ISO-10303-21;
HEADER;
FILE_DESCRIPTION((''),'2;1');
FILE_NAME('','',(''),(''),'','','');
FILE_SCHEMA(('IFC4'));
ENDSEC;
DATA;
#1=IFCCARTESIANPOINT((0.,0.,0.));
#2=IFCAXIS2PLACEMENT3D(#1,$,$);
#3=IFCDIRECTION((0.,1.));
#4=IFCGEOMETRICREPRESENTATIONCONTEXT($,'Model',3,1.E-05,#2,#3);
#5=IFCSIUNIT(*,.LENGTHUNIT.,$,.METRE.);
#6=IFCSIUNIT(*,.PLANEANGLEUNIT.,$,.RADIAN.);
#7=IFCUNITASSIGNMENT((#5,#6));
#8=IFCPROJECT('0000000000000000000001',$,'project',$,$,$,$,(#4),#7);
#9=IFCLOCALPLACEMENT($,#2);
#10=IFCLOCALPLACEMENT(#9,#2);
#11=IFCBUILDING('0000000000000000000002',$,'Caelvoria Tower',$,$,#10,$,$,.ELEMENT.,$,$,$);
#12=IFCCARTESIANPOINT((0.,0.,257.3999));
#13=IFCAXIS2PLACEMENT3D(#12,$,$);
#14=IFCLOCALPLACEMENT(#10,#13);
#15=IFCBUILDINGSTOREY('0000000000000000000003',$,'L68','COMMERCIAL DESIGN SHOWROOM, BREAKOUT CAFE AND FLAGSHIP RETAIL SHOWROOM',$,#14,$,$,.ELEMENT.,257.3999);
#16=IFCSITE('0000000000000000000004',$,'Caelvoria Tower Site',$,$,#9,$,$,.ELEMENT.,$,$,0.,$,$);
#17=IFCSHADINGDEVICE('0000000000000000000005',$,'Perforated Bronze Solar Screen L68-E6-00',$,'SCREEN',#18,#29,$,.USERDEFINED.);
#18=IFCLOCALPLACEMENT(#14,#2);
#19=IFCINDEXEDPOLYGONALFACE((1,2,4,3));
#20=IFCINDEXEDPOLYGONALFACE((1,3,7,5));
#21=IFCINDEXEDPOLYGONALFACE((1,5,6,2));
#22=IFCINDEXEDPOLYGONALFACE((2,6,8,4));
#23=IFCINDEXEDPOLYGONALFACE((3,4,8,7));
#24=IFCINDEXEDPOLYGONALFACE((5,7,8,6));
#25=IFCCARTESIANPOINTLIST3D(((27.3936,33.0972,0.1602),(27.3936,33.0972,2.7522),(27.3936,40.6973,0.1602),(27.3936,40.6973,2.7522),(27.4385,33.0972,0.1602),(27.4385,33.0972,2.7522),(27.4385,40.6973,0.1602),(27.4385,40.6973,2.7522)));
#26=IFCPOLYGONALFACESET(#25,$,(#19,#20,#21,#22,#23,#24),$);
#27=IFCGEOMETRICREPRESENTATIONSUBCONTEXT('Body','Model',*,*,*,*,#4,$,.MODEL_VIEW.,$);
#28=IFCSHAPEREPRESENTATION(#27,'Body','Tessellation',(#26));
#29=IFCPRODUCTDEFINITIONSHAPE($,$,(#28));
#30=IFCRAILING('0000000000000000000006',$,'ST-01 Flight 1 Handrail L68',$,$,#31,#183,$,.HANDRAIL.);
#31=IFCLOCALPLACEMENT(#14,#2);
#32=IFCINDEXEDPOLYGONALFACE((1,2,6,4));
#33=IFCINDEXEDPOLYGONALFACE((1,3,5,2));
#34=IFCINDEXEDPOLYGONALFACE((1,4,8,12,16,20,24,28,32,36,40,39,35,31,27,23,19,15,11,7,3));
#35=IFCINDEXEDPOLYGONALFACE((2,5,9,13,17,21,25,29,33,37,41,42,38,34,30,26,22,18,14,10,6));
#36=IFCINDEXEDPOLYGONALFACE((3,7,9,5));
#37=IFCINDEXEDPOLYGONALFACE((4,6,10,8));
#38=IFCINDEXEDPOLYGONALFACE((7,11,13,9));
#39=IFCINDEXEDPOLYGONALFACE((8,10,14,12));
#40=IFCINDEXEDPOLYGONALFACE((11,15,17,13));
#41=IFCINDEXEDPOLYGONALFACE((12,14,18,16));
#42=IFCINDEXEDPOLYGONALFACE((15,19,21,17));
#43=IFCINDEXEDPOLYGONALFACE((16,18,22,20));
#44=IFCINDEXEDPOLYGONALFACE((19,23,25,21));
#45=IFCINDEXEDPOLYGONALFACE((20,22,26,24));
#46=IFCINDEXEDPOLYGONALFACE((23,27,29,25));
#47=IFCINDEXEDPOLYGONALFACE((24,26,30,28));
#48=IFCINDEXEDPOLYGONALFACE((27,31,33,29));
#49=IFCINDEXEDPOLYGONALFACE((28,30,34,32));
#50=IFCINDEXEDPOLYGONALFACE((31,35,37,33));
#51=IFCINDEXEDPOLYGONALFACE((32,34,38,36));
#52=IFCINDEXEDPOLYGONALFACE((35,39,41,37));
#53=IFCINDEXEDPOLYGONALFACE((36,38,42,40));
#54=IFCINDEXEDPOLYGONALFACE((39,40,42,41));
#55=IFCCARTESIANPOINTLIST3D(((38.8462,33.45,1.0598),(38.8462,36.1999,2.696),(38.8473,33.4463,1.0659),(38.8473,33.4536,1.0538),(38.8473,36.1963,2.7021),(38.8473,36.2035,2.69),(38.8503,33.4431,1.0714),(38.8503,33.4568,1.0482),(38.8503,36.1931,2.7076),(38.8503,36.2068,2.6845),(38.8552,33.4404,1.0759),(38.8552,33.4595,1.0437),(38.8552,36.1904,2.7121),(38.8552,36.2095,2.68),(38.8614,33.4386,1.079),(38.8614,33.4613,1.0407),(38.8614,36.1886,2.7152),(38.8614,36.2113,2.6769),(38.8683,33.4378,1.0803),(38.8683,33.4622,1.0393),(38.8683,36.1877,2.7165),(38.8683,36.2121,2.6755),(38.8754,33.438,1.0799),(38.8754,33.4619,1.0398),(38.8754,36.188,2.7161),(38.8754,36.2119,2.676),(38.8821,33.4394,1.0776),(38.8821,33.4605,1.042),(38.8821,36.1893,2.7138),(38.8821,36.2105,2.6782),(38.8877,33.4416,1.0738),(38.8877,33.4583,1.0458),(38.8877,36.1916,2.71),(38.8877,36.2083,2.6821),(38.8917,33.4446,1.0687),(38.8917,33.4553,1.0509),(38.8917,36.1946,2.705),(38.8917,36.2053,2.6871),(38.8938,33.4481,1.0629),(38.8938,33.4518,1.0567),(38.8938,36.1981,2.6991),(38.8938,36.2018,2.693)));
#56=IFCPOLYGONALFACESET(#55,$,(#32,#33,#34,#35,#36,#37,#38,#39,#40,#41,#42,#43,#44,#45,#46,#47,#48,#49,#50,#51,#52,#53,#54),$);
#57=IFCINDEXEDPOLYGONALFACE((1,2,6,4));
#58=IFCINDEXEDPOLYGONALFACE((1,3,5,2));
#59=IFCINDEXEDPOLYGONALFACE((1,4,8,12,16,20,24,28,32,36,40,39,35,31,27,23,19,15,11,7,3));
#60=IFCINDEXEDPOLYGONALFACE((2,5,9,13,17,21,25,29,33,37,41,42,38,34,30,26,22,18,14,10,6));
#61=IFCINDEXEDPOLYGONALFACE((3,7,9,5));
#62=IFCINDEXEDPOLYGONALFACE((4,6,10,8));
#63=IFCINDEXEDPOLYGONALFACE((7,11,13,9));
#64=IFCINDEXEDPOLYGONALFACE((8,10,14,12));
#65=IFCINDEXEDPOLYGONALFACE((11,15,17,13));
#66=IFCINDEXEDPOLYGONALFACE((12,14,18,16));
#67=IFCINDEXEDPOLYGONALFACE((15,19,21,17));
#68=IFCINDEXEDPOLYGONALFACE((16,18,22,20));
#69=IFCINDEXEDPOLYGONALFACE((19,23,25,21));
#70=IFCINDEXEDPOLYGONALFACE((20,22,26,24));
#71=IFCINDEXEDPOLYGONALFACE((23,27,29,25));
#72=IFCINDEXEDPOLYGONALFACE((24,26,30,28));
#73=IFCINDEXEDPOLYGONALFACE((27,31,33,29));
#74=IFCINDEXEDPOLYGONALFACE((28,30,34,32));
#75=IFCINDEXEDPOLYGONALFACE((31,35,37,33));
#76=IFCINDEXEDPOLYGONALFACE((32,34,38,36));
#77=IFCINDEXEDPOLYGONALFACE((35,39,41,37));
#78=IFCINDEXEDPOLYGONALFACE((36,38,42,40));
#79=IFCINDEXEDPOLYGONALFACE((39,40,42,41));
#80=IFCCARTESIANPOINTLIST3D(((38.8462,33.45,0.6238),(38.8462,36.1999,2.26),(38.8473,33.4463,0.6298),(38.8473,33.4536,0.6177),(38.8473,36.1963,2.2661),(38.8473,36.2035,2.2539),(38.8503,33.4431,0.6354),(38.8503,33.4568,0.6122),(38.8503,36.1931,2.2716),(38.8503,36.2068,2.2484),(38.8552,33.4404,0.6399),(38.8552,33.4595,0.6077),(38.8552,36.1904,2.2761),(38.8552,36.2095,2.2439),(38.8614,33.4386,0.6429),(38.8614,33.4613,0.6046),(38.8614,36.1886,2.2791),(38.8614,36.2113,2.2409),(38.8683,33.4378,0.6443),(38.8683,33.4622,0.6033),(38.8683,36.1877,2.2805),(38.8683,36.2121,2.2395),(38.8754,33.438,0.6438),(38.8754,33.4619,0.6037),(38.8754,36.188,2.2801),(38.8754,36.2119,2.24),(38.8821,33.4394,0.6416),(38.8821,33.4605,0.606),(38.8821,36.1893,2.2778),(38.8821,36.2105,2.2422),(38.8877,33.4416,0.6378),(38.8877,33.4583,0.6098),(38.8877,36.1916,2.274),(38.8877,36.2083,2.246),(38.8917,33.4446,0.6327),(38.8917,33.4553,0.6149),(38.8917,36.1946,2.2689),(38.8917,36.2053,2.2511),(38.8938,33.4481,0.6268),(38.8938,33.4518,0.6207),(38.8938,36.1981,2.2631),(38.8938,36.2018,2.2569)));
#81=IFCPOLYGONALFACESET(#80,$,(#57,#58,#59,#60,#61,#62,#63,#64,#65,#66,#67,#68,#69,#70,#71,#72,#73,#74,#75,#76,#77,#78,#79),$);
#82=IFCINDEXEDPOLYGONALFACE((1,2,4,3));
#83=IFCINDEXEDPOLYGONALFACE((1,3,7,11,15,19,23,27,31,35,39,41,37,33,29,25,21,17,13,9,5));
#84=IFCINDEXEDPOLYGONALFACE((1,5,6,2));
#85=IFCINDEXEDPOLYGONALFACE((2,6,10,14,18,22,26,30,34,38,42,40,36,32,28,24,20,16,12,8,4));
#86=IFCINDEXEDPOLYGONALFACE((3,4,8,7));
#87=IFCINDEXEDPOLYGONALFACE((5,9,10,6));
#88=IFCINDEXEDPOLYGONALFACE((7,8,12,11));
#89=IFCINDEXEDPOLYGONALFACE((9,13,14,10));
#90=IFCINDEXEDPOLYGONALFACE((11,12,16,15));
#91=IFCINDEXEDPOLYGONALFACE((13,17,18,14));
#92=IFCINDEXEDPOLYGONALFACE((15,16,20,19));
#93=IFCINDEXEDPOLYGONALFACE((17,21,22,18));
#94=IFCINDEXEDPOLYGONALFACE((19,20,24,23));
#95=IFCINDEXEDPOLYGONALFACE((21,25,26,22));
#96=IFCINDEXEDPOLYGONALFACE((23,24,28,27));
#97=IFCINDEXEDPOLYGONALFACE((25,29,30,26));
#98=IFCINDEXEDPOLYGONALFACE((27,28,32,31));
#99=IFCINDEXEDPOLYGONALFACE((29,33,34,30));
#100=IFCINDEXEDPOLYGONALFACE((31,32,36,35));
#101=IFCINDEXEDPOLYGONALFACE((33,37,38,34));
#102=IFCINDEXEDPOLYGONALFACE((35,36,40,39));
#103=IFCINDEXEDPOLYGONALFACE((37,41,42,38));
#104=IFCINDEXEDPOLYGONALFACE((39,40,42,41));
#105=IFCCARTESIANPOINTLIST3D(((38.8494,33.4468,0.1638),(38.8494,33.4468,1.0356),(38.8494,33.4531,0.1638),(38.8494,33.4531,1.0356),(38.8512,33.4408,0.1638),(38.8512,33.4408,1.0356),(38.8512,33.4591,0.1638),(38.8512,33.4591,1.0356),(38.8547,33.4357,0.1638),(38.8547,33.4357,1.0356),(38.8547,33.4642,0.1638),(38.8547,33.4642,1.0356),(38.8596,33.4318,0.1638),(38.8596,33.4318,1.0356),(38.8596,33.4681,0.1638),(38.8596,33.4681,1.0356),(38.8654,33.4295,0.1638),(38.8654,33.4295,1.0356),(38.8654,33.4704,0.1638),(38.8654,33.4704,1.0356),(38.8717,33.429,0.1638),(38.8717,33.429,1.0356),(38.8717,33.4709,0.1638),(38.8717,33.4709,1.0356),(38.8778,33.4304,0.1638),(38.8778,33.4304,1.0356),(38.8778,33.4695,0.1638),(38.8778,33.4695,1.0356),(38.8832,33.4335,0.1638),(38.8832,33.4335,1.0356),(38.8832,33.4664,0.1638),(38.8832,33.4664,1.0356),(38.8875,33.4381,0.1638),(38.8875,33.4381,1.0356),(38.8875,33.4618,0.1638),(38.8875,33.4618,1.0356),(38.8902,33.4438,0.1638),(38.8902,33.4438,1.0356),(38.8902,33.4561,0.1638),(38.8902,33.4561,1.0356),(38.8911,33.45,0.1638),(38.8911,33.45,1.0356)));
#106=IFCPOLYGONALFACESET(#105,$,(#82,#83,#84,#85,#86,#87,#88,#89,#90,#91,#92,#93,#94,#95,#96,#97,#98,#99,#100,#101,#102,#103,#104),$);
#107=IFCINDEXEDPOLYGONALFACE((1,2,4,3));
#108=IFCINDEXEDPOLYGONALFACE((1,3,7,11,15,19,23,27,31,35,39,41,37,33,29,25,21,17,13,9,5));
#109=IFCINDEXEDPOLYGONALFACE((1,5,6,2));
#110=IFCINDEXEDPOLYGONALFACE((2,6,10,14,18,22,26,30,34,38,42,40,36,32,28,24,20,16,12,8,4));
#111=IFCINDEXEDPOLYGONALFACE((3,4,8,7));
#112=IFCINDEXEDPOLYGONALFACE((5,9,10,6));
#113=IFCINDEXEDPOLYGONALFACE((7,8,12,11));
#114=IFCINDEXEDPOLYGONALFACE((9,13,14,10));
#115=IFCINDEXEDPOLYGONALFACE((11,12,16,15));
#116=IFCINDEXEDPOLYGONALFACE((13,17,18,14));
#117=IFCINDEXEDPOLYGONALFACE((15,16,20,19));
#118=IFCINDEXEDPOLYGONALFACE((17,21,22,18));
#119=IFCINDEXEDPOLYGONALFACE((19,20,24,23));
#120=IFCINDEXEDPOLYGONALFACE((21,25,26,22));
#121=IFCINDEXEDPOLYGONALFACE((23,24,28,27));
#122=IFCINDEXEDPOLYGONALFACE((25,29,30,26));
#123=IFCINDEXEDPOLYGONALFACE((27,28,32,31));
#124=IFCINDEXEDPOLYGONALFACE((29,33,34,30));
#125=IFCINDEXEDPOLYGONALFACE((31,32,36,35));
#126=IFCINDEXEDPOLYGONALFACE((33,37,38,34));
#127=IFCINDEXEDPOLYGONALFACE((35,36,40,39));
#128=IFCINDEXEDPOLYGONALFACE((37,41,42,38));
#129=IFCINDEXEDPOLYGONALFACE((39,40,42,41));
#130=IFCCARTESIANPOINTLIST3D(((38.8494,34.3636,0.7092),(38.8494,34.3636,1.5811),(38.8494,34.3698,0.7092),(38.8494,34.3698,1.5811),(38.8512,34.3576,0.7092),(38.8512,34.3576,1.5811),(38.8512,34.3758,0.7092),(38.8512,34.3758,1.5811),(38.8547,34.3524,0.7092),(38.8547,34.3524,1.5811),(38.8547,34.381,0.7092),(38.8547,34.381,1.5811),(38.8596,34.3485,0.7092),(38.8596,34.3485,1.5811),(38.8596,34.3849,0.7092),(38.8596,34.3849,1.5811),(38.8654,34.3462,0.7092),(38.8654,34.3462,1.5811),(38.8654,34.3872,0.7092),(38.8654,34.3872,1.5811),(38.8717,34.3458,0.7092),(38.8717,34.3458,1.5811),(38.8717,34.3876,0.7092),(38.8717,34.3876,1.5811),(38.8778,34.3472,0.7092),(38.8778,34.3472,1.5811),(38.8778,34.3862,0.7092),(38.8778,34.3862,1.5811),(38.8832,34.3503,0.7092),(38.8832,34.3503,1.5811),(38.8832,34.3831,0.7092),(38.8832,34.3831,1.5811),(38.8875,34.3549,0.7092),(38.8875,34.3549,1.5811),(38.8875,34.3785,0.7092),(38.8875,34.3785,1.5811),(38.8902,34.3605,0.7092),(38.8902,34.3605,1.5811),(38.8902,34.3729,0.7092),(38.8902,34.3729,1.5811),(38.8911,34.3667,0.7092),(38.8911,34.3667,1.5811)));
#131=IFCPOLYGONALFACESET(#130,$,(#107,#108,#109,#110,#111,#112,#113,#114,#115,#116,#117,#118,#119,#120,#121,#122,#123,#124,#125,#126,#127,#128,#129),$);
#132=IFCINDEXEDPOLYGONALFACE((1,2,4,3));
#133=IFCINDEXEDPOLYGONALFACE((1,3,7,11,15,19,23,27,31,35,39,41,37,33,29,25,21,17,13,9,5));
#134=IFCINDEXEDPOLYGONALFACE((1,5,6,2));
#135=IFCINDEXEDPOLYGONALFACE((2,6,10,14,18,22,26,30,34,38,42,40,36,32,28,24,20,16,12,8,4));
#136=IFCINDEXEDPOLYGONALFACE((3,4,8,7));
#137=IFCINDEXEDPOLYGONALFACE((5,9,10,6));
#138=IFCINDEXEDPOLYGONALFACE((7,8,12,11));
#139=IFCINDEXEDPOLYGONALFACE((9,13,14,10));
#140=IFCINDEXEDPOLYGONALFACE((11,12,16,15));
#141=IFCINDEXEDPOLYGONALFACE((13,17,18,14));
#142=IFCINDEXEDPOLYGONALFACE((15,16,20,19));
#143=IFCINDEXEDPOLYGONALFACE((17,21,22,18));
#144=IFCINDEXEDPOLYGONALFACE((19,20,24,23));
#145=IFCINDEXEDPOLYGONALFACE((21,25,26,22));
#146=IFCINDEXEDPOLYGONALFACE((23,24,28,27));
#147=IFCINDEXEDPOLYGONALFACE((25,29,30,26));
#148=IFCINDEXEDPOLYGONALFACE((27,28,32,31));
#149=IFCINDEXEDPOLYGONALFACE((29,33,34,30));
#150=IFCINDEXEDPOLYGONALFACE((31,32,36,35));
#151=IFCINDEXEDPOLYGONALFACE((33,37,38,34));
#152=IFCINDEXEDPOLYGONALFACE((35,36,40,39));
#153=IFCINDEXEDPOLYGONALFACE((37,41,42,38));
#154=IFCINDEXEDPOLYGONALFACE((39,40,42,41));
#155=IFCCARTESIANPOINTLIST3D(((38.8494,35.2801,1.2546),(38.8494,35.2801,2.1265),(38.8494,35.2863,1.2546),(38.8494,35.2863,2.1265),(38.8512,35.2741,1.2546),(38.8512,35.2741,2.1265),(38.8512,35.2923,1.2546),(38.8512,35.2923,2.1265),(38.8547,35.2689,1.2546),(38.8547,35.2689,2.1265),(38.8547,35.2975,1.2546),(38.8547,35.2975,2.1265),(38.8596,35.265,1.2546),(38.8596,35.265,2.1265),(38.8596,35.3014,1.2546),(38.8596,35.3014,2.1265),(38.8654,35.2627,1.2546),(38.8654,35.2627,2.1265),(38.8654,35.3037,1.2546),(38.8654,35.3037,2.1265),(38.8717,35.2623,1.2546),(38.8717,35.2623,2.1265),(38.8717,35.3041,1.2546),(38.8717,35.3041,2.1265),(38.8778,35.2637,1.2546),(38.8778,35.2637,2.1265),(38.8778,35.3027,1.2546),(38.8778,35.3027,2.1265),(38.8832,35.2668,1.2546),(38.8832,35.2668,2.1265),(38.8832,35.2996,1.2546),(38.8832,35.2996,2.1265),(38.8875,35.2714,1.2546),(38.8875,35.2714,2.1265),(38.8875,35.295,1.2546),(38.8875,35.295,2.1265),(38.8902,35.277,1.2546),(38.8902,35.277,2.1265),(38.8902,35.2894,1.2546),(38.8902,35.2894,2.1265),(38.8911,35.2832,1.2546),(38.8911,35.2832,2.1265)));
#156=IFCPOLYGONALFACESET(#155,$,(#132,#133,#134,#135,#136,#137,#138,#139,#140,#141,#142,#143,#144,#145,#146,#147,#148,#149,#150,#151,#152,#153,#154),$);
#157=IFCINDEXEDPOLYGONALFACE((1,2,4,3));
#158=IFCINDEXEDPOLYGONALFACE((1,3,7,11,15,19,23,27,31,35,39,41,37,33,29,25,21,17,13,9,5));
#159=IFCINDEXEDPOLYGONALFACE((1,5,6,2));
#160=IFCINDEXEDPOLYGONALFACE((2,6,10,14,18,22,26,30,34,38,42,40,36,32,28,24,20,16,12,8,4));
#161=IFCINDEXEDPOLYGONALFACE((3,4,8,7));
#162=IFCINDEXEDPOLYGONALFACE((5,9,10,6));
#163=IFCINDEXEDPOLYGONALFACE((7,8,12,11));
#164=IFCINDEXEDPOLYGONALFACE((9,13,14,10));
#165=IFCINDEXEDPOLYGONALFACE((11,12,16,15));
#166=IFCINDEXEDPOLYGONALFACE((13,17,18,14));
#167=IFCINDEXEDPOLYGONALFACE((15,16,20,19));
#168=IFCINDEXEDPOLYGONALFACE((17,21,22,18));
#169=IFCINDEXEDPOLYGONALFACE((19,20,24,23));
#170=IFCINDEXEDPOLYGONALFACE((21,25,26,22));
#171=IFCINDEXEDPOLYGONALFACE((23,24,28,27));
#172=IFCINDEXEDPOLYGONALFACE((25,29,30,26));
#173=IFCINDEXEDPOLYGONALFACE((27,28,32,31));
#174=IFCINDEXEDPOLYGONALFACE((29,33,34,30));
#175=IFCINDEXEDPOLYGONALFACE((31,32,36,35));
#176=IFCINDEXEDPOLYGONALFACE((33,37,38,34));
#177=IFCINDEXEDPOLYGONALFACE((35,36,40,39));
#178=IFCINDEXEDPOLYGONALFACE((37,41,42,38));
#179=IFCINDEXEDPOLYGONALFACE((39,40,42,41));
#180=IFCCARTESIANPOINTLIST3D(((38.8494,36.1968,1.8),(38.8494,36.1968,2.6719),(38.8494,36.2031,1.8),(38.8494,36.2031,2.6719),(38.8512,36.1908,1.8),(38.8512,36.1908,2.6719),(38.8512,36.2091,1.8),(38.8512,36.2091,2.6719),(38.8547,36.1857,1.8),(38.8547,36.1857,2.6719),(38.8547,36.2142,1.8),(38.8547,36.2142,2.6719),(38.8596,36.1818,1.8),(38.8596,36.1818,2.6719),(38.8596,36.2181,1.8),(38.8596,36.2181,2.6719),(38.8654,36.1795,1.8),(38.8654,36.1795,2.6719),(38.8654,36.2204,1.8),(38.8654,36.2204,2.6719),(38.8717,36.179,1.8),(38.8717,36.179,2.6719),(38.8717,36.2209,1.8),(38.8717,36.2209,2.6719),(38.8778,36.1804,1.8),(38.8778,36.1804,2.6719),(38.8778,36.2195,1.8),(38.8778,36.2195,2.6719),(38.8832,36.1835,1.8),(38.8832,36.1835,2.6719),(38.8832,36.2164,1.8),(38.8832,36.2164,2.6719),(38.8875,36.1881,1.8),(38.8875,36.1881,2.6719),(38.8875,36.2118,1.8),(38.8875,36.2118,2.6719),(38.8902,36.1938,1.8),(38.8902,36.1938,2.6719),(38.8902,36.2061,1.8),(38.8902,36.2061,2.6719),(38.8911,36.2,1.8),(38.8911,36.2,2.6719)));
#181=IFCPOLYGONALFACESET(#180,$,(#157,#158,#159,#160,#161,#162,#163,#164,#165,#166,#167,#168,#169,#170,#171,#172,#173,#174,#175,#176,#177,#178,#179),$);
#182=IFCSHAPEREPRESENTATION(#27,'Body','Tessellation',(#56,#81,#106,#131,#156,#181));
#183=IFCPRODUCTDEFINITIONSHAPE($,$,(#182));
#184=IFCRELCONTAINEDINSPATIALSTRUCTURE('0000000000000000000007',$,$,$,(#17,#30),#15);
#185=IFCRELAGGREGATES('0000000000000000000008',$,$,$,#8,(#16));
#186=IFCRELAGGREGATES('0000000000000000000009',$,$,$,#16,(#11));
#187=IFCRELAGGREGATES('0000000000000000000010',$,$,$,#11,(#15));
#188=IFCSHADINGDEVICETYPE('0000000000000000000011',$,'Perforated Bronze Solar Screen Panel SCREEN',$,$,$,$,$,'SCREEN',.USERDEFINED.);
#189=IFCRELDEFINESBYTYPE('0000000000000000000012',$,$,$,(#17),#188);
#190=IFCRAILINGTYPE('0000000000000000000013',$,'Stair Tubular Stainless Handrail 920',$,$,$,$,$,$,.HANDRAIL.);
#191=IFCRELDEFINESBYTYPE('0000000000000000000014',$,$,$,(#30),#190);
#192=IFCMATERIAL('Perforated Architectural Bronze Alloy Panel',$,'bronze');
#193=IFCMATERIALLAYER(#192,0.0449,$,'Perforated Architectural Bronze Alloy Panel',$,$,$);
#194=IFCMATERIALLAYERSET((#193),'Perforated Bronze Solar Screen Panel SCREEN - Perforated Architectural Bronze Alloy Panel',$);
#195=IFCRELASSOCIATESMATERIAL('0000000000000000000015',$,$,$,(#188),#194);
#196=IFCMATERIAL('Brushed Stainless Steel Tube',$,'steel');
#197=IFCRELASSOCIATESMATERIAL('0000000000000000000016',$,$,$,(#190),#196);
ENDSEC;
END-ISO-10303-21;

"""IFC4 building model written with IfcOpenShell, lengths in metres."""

from ifc_helpers import new_model, si_unit, direction, frame, origin, origin_2d, place, context, subcontext, project, spatial, rectangle, circle, extrude, material, layer, layer_set, type_object, element, save


model = new_model("IFC4")

# Units and contexts
model_context = context("Model", 3, precision=1e-05, world=origin(), true_north=direction((0.0, 1.0)))
body_context = subcontext(model_context, "Body", "Model", "MODEL_VIEW")
ifc_project = project(units=[si_unit("LENGTHUNIT", "METRE"), si_unit("PLANEANGLEUNIT", "RADIAN")], contexts=[model_context])

# Site, building, storey
site_placement = place(None, origin())
site = spatial("IfcSite", under=ifc_project, at=site_placement, Name="Caelvoria Tower Site", CompositionType="ELEMENT", RefElevation=0.0)
building_placement = place(site_placement, origin())
building = spatial("IfcBuilding", under=site, at=building_placement, Name="Caelvoria Tower", CompositionType="ELEMENT")
storey_placement = place(building_placement, frame((0.0, 0.0, 257.3999)))
storey = spatial("IfcBuildingStorey", under=building, at=storey_placement, Name="L68", Description="COMMERCIAL DESIGN SHOWROOM, BREAKOUT CAFE AND FLAGSHIP RETAIL SHOWROOM", CompositionType="ELEMENT", Elevation=257.3999)

# Shading device
ifc_material_1 = material(Name="Perforated Architectural Bronze Alloy Panel", Category="bronze")
ifc_layer_1 = layer(ifc_material_1, 0.0449, Name="Perforated Architectural Bronze Alloy Panel")
ifc_layer_set_1 = layer_set([ifc_layer_1], Name="Perforated Bronze Solar Screen Panel SCREEN - Perforated Architectural Bronze Alloy Panel")
shading_device_type = type_object("IfcShadingDeviceType", Name="Perforated Bronze Solar Screen Panel SCREEN", ElementType="SCREEN", PredefinedType="USERDEFINED", material=ifc_layer_set_1)
shading_device_placement = place(storey_placement, frame((27.416, 36.8972, 0.1602), z_axis=(0.0, 0.0, 1.0), x_axis=(0.0, -1.0, 0.0)))
element("IfcShadingDevice", 1, at=shading_device_placement, inside=storey, type_object=shading_device_type, Name="Perforated Bronze Solar Screen L68-E6-00", ObjectType="SCREEN", PredefinedType="USERDEFINED", context=body_context, shape_type="SweptSolid", body=[
    extrude(rectangle(XDim=7.6001, YDim=0.0449, at=origin_2d()), origin(), (0.0, 0.0, 1.0), 2.592),
])

# Railing
ifc_material_2 = material(Name="Brushed Stainless Steel Tube", Category="steel")
railing_type_1 = type_object("IfcRailingType", Name="Stair Tubular Stainless Handrail 920", PredefinedType="HANDRAIL", material=ifc_material_2)
railing_1_placement = place(storey_placement, frame((38.8701, 33.45, 0.1638)))
element("IfcRailing", 2, at=railing_1_placement, inside=storey, type_object=railing_type_1, Name="ST-01 Flight 1 Handrail L68", PredefinedType="HANDRAIL", context=body_context, shape_type="SweptSolid", body=[
    extrude(circle(Radius=0.0239, at=origin_2d()), frame((0.0, 0.0, 0.896), z_axis=(0.0, 0.859385, 0.511328), x_axis=(-1.0, 0.0, 0.0)), (0.0, 0.0, 1.0), 3.2),
    extrude(circle(Radius=0.0239, at=origin_2d()), frame((0.0, 0.0, 0.46), z_axis=(0.0, 0.859385, 0.511328), x_axis=(-1.0, 0.0, 0.0)), (0.0, 0.0, 1.0), 3.2),
    extrude(circle(Radius=0.021, at=origin_2d()), origin(), (0.0, 0.0, 1.0), 0.8718),
    extrude(circle(Radius=0.021, at=origin_2d()), frame((0.0, 0.9167, 0.5454)), (0.0, 0.0, 1.0), 0.8718),
    extrude(circle(Radius=0.021, at=origin_2d()), frame((0.0, 1.8333, 1.0908)), (0.0, 0.0, 1.0), 0.8718),
    extrude(circle(Radius=0.021, at=origin_2d()), frame((0.0, 2.75, 1.6362)), (0.0, 0.0, 1.0), 0.8718),
])

save(model, "model.ifc")
